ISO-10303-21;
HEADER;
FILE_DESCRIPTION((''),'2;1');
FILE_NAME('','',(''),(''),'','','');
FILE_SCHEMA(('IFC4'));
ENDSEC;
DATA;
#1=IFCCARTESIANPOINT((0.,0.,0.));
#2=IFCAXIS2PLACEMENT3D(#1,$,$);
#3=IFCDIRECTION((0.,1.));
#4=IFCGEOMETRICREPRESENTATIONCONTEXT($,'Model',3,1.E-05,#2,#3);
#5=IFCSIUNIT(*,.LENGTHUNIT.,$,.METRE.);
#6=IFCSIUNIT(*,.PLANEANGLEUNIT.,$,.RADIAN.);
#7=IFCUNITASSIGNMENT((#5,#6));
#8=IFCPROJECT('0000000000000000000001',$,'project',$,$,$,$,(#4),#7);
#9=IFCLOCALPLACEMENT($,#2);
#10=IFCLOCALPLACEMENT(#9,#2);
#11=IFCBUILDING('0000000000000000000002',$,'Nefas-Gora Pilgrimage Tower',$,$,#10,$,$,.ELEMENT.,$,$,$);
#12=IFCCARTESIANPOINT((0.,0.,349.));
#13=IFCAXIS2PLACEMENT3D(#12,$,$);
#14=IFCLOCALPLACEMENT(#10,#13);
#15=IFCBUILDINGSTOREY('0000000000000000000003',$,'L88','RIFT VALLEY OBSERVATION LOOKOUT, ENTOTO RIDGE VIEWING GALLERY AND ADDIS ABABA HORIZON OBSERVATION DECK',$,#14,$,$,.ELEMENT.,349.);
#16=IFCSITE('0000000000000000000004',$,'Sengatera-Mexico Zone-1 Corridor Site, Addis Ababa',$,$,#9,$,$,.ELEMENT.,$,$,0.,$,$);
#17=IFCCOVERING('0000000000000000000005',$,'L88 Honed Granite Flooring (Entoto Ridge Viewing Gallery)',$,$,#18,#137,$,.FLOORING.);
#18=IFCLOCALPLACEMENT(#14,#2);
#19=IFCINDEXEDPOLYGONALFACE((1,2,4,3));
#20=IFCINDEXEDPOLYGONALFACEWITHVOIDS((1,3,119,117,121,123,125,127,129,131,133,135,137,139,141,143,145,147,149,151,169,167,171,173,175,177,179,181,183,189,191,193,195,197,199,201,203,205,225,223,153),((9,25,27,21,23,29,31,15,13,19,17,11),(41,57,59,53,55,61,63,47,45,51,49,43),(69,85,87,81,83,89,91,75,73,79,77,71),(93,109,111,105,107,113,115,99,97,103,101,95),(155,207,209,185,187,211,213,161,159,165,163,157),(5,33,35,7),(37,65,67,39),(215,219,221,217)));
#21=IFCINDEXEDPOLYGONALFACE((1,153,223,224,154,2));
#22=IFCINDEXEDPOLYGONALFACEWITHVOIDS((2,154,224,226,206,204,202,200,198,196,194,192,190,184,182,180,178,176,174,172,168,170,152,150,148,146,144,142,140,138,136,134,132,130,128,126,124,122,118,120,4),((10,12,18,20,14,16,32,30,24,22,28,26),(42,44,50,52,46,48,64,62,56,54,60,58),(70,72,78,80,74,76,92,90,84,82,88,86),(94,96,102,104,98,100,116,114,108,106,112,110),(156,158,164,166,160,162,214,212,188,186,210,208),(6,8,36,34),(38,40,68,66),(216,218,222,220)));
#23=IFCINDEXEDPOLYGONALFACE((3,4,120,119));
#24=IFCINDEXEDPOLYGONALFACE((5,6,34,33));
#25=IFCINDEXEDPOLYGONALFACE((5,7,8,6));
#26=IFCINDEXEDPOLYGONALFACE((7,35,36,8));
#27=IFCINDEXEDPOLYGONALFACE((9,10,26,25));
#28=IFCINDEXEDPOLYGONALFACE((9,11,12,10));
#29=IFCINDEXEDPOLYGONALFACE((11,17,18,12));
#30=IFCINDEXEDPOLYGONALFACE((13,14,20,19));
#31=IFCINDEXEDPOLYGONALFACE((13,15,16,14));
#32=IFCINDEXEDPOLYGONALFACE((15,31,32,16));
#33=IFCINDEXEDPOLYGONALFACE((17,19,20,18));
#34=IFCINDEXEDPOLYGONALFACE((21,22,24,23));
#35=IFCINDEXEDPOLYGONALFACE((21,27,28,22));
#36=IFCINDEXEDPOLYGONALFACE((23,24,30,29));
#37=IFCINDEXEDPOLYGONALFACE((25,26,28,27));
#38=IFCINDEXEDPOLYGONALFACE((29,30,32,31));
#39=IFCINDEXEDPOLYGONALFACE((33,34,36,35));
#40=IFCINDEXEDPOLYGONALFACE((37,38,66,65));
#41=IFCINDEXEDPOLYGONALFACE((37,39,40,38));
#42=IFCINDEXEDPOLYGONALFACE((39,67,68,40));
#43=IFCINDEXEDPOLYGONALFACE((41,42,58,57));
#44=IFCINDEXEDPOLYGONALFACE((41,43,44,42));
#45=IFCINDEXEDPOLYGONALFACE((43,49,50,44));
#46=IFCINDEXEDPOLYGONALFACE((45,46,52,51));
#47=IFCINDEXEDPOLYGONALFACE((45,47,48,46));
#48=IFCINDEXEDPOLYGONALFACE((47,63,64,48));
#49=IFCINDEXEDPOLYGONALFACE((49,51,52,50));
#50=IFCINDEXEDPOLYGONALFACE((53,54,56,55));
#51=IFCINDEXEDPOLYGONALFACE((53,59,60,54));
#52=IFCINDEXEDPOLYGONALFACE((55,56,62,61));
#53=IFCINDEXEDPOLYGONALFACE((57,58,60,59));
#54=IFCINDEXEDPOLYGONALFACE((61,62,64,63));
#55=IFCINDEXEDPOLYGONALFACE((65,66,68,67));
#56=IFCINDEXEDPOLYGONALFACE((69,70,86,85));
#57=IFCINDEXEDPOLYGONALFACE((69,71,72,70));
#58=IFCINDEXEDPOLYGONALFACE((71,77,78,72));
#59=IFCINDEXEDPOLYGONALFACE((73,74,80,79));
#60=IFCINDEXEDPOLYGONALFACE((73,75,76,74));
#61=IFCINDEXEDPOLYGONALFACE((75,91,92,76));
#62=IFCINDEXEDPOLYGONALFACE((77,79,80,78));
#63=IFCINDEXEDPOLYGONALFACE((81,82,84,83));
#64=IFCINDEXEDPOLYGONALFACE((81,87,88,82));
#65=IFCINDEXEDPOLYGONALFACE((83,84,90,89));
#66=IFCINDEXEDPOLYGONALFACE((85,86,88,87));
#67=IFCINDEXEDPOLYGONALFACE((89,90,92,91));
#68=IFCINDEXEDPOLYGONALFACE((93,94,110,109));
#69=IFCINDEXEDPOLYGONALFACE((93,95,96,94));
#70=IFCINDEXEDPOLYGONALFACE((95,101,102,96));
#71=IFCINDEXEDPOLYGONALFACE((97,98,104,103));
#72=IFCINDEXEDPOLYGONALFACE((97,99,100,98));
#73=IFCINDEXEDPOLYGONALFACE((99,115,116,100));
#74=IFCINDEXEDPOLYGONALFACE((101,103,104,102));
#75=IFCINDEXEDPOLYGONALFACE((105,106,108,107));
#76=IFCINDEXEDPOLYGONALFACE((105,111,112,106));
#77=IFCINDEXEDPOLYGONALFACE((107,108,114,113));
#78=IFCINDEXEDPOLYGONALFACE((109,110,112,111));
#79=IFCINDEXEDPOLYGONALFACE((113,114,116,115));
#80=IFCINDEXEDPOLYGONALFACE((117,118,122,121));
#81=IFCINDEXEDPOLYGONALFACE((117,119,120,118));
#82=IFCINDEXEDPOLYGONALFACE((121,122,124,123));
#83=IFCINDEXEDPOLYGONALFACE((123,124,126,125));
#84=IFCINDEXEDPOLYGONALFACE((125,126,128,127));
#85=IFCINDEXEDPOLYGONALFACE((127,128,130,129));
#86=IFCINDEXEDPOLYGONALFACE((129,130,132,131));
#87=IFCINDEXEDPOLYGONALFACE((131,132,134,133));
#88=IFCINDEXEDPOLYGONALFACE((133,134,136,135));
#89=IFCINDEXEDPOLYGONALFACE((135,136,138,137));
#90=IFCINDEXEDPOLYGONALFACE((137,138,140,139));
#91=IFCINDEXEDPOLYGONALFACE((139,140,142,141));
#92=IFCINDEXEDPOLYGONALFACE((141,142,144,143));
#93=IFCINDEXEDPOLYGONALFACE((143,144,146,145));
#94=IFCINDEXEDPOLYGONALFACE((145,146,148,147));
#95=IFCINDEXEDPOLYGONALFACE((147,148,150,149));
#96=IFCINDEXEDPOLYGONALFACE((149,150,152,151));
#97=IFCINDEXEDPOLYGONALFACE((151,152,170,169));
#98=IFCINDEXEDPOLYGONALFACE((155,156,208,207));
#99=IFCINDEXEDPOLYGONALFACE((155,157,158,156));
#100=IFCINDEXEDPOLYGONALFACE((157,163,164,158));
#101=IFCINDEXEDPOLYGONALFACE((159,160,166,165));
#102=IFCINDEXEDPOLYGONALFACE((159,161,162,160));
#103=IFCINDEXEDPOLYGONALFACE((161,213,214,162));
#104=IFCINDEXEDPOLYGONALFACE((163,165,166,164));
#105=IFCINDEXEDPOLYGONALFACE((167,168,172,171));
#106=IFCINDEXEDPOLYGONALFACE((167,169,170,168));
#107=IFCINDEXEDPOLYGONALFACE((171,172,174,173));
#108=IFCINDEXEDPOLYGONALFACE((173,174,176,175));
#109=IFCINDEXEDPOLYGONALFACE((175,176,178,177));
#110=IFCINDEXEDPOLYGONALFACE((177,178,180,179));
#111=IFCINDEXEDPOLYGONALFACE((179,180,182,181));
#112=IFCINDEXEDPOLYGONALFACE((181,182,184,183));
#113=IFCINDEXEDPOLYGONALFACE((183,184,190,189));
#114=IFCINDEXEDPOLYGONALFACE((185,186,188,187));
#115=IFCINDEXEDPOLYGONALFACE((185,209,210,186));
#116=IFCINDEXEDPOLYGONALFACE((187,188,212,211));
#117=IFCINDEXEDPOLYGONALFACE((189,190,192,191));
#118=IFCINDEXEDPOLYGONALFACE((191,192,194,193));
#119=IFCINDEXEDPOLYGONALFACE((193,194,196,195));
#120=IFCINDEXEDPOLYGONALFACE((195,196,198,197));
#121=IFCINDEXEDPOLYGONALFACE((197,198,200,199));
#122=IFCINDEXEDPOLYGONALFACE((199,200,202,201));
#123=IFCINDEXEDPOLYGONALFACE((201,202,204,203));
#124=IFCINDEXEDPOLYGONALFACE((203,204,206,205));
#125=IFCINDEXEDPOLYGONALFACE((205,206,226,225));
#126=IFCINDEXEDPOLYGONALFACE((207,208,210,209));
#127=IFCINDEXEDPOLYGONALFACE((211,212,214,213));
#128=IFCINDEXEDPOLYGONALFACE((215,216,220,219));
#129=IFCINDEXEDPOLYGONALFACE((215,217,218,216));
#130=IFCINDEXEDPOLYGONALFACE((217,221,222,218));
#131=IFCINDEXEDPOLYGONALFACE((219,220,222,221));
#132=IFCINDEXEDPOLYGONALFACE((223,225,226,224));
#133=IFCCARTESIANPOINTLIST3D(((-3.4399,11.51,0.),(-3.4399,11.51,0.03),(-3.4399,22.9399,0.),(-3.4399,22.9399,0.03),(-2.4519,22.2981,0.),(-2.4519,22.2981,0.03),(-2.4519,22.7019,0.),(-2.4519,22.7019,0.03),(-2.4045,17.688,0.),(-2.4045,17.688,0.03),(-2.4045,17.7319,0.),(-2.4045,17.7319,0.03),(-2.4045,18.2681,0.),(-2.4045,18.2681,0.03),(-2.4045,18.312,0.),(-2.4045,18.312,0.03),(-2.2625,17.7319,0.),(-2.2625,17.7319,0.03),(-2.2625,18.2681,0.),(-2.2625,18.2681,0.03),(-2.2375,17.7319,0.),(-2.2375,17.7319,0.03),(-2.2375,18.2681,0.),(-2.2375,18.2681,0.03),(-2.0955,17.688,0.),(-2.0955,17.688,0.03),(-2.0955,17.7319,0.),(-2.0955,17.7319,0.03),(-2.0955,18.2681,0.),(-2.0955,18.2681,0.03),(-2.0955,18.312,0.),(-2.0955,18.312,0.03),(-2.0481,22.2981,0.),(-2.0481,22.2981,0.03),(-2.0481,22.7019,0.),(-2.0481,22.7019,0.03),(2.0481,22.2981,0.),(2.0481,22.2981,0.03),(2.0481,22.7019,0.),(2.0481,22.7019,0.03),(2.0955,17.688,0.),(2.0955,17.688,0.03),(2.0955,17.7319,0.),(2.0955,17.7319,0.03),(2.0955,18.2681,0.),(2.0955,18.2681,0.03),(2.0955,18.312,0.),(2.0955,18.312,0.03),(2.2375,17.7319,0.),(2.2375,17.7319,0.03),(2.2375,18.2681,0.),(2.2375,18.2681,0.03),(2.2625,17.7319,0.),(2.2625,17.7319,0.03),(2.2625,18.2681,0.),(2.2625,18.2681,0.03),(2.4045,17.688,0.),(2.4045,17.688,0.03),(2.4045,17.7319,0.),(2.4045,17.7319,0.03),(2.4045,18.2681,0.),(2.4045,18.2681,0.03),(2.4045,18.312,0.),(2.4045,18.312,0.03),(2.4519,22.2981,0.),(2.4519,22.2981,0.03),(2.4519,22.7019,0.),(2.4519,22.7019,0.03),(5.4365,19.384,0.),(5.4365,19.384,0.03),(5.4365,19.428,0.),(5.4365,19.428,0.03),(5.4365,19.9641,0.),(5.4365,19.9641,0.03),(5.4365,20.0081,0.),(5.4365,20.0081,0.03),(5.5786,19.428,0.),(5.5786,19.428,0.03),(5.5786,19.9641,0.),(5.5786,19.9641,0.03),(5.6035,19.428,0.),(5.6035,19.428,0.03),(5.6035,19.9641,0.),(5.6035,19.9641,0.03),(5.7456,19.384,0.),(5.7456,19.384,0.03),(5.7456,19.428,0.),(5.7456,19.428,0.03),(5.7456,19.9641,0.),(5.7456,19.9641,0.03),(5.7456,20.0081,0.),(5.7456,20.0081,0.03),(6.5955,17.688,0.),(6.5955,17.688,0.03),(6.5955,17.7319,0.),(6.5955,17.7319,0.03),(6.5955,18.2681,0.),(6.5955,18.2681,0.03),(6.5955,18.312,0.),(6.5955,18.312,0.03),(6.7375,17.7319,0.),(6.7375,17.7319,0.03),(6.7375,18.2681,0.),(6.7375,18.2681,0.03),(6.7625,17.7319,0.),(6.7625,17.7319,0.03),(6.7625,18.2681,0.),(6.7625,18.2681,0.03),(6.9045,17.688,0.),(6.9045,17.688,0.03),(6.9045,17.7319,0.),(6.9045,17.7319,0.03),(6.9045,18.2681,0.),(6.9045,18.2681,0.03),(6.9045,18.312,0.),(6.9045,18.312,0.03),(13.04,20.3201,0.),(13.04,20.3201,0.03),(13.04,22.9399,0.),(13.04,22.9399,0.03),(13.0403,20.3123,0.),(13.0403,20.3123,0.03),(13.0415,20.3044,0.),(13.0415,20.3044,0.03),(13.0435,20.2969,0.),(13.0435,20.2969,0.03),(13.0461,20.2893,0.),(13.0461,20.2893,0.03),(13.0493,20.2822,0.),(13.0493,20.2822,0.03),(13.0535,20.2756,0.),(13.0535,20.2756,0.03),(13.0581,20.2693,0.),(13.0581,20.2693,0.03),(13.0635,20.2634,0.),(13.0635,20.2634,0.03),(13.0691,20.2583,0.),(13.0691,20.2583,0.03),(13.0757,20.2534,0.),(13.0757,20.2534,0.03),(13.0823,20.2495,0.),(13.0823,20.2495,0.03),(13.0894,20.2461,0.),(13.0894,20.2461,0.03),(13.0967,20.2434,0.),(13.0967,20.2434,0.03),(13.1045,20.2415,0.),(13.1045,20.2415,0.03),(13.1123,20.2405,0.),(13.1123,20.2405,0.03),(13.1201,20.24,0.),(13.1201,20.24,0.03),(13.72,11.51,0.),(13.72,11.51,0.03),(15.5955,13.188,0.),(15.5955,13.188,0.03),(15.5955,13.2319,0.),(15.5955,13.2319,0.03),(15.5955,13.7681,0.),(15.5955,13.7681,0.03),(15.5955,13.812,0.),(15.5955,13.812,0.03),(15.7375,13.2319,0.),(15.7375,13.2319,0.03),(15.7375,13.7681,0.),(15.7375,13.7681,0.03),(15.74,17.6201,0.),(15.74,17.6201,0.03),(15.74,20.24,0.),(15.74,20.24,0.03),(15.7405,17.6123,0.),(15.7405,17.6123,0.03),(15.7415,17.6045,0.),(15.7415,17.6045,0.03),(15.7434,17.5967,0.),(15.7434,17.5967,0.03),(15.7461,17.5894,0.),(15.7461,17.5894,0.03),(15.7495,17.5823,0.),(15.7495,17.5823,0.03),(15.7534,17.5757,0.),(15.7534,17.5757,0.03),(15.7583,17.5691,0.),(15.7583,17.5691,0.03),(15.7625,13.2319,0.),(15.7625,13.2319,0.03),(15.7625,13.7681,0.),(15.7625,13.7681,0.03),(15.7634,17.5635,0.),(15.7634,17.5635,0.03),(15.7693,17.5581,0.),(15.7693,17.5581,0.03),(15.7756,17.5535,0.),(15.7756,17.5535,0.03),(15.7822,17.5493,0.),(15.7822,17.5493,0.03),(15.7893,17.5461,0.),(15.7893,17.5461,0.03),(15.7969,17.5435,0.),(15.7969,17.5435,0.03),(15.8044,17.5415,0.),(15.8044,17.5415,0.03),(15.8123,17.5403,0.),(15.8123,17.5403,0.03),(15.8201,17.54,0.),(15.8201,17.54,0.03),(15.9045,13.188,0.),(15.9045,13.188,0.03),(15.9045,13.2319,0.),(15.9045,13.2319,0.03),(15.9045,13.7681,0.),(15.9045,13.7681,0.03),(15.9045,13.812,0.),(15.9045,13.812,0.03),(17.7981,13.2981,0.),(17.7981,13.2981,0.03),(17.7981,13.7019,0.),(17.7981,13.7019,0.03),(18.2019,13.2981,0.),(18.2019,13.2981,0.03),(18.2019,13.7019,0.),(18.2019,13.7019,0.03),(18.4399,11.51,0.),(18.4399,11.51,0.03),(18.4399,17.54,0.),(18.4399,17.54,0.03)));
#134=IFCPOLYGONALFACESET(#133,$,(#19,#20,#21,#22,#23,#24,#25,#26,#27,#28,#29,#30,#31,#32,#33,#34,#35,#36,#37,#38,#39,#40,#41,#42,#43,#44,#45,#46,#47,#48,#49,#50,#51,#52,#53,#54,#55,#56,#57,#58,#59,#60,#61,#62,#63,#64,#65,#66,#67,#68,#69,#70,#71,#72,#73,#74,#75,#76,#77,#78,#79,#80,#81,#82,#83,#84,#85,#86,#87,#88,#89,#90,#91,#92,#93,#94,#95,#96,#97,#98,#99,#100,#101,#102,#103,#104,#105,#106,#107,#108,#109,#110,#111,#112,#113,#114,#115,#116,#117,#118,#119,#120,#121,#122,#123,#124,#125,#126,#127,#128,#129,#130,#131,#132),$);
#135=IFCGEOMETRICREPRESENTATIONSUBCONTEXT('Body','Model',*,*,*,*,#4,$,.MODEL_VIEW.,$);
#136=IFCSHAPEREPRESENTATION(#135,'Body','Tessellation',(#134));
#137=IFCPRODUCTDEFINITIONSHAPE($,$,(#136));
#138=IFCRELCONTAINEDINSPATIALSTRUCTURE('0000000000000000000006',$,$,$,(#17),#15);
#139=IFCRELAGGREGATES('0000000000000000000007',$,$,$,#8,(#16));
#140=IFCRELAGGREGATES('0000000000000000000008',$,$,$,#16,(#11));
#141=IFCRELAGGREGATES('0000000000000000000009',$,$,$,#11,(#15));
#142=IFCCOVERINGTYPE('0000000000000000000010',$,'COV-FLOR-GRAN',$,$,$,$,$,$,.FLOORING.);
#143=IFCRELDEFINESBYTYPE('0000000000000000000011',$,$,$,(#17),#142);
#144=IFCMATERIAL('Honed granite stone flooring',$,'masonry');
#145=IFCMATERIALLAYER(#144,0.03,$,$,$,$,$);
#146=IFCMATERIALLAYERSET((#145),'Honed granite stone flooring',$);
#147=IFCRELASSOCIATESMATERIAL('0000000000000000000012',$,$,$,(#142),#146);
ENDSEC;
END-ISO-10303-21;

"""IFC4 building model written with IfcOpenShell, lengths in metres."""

from ifc_helpers import new_model, si_unit, direction, frame, origin, place, context, subcontext, project, spatial, polyline, outline, extrude, material, layer, layer_set, type_object, element, save


model = new_model("IFC4")

# Units and contexts
model_context = context("Model", 3, precision=1e-05, world=origin(), true_north=direction((0.0, 1.0)))
body_context = subcontext(model_context, "Body", "Model", "MODEL_VIEW")
ifc_project = project(units=[si_unit("LENGTHUNIT", "METRE"), si_unit("PLANEANGLEUNIT", "RADIAN")], contexts=[model_context])

# Site, building, storey
site_placement = place(None, origin())
site = spatial("IfcSite", under=ifc_project, at=site_placement, Name="Sengatera-Mexico Zone-1 Corridor Site, Addis Ababa", CompositionType="ELEMENT", RefElevation=0.0)
building_placement = place(site_placement, origin())
building = spatial("IfcBuilding", under=site, at=building_placement, Name="Nefas-Gora Pilgrimage Tower", CompositionType="ELEMENT")
storey_placement = place(building_placement, frame((0.0, 0.0, 349.0)))
storey = spatial("IfcBuildingStorey", under=building, at=storey_placement, Name="L88", Description="RIFT VALLEY OBSERVATION LOOKOUT, ENTOTO RIDGE VIEWING GALLERY AND ADDIS ABABA HORIZON OBSERVATION DECK", CompositionType="ELEMENT", Elevation=349.0)

# Covering
ifc_material_1 = material(Name="Honed granite stone flooring", Category="masonry")
ifc_layer_1 = layer(ifc_material_1, 0.03)
ifc_layer_set_1 = layer_set([ifc_layer_1], Name="Honed granite stone flooring")
covering_type_1 = type_object("IfcCoveringType", Name="COV-FLOR-GRAN", PredefinedType="FLOORING", material=ifc_layer_set_1)
covering_1_placement = place(storey_placement, origin())
element("IfcCovering", 1, at=covering_1_placement, inside=storey, type_object=covering_type_1, Name="L88 Honed Granite Flooring (Entoto Ridge Viewing Gallery)", PredefinedType="FLOORING", context=body_context, shape_type="SweptSolid", body=[
    extrude(outline(polyline([(13.04, 22.9399), (-3.4399, 22.9399), (-3.4399, 11.51), (13.72, 11.51), (18.4399, 11.51), (18.4399, 17.54), (15.8201, 17.54), (15.8123, 17.5403), (15.8044, 17.5415), (15.7969, 17.5435), (15.7893, 17.5461), (15.7822, 17.5493), (15.7756, 17.5535), (15.7693, 17.5581), (15.7634, 17.5635), (15.7583, 17.5691), (15.7534, 17.5757), (15.7495, 17.5823), (15.7461, 17.5894), (15.7434, 17.5967), (15.7415, 17.6045), (15.7405, 17.6123), (15.74, 17.6201), (15.74, 20.24), (13.1201, 20.24), (13.1123, 20.2405), (13.1045, 20.2415), (13.0967, 20.2434), (13.0894, 20.2461), (13.0823, 20.2495), (13.0757, 20.2534), (13.0691, 20.2583), (13.0635, 20.2634), (13.0581, 20.2693), (13.0535, 20.2756), (13.0493, 20.2822), (13.0461, 20.2893), (13.0435, 20.2969), (13.0415, 20.3044), (13.0403, 20.3123), (13.04, 20.3201), (13.04, 22.9399)]), holes=[polyline([(18.2019, 13.7019), (18.2019, 13.2981), (17.7981, 13.2981), (17.7981, 13.7019), (18.2019, 13.7019)]), polyline([(15.9045, 13.812), (15.9045, 13.7681), (15.7625, 13.7681), (15.7625, 13.2319), (15.9045, 13.2319), (15.9045, 13.188), (15.5955, 13.188), (15.5955, 13.2319), (15.7375, 13.2319), (15.7375, 13.7681), (15.5955, 13.7681), (15.5955, 13.812), (15.9045, 13.812)]), polyline([(6.9045, 18.312), (6.9045, 18.2681), (6.7625, 18.2681), (6.7625, 17.7319), (6.9045, 17.7319), (6.9045, 17.688), (6.5955, 17.688), (6.5955, 17.7319), (6.7375, 17.7319), (6.7375, 18.2681), (6.5955, 18.2681), (6.5955, 18.312), (6.9045, 18.312)]), polyline([(5.7456, 20.0081), (5.7456, 19.9641), (5.6035, 19.9641), (5.6035, 19.428), (5.7456, 19.428), (5.7456, 19.384), (5.4365, 19.384), (5.4365, 19.428), (5.5786, 19.428), (5.5786, 19.9641), (5.4365, 19.9641), (5.4365, 20.0081), (5.7456, 20.0081)]), polyline([(2.4519, 22.7019), (2.4519, 22.2981), (2.0481, 22.2981), (2.0481, 22.7019), (2.4519, 22.7019)]), polyline([(2.4045, 18.312), (2.4045, 18.2681), (2.2625, 18.2681), (2.2625, 17.7319), (2.4045, 17.7319), (2.4045, 17.688), (2.0955, 17.688), (2.0955, 17.7319), (2.2375, 17.7319), (2.2375, 18.2681), (2.0955, 18.2681), (2.0955, 18.312), (2.4045, 18.312)]), polyline([(-2.0481, 22.7019), (-2.0481, 22.2981), (-2.4519, 22.2981), (-2.4519, 22.7019), (-2.0481, 22.7019)]), polyline([(-2.4045, 18.312), (-2.0955, 18.312), (-2.0955, 18.2681), (-2.2375, 18.2681), (-2.2375, 17.7319), (-2.0955, 17.7319), (-2.0955, 17.688), (-2.4045, 17.688), (-2.4045, 17.7319), (-2.2625, 17.7319), (-2.2625, 18.2681), (-2.4045, 18.2681), (-2.4045, 18.312)])]), origin(), (0.0, 0.0, 1.0), 0.03),
])

save(model, "model.ifc")
